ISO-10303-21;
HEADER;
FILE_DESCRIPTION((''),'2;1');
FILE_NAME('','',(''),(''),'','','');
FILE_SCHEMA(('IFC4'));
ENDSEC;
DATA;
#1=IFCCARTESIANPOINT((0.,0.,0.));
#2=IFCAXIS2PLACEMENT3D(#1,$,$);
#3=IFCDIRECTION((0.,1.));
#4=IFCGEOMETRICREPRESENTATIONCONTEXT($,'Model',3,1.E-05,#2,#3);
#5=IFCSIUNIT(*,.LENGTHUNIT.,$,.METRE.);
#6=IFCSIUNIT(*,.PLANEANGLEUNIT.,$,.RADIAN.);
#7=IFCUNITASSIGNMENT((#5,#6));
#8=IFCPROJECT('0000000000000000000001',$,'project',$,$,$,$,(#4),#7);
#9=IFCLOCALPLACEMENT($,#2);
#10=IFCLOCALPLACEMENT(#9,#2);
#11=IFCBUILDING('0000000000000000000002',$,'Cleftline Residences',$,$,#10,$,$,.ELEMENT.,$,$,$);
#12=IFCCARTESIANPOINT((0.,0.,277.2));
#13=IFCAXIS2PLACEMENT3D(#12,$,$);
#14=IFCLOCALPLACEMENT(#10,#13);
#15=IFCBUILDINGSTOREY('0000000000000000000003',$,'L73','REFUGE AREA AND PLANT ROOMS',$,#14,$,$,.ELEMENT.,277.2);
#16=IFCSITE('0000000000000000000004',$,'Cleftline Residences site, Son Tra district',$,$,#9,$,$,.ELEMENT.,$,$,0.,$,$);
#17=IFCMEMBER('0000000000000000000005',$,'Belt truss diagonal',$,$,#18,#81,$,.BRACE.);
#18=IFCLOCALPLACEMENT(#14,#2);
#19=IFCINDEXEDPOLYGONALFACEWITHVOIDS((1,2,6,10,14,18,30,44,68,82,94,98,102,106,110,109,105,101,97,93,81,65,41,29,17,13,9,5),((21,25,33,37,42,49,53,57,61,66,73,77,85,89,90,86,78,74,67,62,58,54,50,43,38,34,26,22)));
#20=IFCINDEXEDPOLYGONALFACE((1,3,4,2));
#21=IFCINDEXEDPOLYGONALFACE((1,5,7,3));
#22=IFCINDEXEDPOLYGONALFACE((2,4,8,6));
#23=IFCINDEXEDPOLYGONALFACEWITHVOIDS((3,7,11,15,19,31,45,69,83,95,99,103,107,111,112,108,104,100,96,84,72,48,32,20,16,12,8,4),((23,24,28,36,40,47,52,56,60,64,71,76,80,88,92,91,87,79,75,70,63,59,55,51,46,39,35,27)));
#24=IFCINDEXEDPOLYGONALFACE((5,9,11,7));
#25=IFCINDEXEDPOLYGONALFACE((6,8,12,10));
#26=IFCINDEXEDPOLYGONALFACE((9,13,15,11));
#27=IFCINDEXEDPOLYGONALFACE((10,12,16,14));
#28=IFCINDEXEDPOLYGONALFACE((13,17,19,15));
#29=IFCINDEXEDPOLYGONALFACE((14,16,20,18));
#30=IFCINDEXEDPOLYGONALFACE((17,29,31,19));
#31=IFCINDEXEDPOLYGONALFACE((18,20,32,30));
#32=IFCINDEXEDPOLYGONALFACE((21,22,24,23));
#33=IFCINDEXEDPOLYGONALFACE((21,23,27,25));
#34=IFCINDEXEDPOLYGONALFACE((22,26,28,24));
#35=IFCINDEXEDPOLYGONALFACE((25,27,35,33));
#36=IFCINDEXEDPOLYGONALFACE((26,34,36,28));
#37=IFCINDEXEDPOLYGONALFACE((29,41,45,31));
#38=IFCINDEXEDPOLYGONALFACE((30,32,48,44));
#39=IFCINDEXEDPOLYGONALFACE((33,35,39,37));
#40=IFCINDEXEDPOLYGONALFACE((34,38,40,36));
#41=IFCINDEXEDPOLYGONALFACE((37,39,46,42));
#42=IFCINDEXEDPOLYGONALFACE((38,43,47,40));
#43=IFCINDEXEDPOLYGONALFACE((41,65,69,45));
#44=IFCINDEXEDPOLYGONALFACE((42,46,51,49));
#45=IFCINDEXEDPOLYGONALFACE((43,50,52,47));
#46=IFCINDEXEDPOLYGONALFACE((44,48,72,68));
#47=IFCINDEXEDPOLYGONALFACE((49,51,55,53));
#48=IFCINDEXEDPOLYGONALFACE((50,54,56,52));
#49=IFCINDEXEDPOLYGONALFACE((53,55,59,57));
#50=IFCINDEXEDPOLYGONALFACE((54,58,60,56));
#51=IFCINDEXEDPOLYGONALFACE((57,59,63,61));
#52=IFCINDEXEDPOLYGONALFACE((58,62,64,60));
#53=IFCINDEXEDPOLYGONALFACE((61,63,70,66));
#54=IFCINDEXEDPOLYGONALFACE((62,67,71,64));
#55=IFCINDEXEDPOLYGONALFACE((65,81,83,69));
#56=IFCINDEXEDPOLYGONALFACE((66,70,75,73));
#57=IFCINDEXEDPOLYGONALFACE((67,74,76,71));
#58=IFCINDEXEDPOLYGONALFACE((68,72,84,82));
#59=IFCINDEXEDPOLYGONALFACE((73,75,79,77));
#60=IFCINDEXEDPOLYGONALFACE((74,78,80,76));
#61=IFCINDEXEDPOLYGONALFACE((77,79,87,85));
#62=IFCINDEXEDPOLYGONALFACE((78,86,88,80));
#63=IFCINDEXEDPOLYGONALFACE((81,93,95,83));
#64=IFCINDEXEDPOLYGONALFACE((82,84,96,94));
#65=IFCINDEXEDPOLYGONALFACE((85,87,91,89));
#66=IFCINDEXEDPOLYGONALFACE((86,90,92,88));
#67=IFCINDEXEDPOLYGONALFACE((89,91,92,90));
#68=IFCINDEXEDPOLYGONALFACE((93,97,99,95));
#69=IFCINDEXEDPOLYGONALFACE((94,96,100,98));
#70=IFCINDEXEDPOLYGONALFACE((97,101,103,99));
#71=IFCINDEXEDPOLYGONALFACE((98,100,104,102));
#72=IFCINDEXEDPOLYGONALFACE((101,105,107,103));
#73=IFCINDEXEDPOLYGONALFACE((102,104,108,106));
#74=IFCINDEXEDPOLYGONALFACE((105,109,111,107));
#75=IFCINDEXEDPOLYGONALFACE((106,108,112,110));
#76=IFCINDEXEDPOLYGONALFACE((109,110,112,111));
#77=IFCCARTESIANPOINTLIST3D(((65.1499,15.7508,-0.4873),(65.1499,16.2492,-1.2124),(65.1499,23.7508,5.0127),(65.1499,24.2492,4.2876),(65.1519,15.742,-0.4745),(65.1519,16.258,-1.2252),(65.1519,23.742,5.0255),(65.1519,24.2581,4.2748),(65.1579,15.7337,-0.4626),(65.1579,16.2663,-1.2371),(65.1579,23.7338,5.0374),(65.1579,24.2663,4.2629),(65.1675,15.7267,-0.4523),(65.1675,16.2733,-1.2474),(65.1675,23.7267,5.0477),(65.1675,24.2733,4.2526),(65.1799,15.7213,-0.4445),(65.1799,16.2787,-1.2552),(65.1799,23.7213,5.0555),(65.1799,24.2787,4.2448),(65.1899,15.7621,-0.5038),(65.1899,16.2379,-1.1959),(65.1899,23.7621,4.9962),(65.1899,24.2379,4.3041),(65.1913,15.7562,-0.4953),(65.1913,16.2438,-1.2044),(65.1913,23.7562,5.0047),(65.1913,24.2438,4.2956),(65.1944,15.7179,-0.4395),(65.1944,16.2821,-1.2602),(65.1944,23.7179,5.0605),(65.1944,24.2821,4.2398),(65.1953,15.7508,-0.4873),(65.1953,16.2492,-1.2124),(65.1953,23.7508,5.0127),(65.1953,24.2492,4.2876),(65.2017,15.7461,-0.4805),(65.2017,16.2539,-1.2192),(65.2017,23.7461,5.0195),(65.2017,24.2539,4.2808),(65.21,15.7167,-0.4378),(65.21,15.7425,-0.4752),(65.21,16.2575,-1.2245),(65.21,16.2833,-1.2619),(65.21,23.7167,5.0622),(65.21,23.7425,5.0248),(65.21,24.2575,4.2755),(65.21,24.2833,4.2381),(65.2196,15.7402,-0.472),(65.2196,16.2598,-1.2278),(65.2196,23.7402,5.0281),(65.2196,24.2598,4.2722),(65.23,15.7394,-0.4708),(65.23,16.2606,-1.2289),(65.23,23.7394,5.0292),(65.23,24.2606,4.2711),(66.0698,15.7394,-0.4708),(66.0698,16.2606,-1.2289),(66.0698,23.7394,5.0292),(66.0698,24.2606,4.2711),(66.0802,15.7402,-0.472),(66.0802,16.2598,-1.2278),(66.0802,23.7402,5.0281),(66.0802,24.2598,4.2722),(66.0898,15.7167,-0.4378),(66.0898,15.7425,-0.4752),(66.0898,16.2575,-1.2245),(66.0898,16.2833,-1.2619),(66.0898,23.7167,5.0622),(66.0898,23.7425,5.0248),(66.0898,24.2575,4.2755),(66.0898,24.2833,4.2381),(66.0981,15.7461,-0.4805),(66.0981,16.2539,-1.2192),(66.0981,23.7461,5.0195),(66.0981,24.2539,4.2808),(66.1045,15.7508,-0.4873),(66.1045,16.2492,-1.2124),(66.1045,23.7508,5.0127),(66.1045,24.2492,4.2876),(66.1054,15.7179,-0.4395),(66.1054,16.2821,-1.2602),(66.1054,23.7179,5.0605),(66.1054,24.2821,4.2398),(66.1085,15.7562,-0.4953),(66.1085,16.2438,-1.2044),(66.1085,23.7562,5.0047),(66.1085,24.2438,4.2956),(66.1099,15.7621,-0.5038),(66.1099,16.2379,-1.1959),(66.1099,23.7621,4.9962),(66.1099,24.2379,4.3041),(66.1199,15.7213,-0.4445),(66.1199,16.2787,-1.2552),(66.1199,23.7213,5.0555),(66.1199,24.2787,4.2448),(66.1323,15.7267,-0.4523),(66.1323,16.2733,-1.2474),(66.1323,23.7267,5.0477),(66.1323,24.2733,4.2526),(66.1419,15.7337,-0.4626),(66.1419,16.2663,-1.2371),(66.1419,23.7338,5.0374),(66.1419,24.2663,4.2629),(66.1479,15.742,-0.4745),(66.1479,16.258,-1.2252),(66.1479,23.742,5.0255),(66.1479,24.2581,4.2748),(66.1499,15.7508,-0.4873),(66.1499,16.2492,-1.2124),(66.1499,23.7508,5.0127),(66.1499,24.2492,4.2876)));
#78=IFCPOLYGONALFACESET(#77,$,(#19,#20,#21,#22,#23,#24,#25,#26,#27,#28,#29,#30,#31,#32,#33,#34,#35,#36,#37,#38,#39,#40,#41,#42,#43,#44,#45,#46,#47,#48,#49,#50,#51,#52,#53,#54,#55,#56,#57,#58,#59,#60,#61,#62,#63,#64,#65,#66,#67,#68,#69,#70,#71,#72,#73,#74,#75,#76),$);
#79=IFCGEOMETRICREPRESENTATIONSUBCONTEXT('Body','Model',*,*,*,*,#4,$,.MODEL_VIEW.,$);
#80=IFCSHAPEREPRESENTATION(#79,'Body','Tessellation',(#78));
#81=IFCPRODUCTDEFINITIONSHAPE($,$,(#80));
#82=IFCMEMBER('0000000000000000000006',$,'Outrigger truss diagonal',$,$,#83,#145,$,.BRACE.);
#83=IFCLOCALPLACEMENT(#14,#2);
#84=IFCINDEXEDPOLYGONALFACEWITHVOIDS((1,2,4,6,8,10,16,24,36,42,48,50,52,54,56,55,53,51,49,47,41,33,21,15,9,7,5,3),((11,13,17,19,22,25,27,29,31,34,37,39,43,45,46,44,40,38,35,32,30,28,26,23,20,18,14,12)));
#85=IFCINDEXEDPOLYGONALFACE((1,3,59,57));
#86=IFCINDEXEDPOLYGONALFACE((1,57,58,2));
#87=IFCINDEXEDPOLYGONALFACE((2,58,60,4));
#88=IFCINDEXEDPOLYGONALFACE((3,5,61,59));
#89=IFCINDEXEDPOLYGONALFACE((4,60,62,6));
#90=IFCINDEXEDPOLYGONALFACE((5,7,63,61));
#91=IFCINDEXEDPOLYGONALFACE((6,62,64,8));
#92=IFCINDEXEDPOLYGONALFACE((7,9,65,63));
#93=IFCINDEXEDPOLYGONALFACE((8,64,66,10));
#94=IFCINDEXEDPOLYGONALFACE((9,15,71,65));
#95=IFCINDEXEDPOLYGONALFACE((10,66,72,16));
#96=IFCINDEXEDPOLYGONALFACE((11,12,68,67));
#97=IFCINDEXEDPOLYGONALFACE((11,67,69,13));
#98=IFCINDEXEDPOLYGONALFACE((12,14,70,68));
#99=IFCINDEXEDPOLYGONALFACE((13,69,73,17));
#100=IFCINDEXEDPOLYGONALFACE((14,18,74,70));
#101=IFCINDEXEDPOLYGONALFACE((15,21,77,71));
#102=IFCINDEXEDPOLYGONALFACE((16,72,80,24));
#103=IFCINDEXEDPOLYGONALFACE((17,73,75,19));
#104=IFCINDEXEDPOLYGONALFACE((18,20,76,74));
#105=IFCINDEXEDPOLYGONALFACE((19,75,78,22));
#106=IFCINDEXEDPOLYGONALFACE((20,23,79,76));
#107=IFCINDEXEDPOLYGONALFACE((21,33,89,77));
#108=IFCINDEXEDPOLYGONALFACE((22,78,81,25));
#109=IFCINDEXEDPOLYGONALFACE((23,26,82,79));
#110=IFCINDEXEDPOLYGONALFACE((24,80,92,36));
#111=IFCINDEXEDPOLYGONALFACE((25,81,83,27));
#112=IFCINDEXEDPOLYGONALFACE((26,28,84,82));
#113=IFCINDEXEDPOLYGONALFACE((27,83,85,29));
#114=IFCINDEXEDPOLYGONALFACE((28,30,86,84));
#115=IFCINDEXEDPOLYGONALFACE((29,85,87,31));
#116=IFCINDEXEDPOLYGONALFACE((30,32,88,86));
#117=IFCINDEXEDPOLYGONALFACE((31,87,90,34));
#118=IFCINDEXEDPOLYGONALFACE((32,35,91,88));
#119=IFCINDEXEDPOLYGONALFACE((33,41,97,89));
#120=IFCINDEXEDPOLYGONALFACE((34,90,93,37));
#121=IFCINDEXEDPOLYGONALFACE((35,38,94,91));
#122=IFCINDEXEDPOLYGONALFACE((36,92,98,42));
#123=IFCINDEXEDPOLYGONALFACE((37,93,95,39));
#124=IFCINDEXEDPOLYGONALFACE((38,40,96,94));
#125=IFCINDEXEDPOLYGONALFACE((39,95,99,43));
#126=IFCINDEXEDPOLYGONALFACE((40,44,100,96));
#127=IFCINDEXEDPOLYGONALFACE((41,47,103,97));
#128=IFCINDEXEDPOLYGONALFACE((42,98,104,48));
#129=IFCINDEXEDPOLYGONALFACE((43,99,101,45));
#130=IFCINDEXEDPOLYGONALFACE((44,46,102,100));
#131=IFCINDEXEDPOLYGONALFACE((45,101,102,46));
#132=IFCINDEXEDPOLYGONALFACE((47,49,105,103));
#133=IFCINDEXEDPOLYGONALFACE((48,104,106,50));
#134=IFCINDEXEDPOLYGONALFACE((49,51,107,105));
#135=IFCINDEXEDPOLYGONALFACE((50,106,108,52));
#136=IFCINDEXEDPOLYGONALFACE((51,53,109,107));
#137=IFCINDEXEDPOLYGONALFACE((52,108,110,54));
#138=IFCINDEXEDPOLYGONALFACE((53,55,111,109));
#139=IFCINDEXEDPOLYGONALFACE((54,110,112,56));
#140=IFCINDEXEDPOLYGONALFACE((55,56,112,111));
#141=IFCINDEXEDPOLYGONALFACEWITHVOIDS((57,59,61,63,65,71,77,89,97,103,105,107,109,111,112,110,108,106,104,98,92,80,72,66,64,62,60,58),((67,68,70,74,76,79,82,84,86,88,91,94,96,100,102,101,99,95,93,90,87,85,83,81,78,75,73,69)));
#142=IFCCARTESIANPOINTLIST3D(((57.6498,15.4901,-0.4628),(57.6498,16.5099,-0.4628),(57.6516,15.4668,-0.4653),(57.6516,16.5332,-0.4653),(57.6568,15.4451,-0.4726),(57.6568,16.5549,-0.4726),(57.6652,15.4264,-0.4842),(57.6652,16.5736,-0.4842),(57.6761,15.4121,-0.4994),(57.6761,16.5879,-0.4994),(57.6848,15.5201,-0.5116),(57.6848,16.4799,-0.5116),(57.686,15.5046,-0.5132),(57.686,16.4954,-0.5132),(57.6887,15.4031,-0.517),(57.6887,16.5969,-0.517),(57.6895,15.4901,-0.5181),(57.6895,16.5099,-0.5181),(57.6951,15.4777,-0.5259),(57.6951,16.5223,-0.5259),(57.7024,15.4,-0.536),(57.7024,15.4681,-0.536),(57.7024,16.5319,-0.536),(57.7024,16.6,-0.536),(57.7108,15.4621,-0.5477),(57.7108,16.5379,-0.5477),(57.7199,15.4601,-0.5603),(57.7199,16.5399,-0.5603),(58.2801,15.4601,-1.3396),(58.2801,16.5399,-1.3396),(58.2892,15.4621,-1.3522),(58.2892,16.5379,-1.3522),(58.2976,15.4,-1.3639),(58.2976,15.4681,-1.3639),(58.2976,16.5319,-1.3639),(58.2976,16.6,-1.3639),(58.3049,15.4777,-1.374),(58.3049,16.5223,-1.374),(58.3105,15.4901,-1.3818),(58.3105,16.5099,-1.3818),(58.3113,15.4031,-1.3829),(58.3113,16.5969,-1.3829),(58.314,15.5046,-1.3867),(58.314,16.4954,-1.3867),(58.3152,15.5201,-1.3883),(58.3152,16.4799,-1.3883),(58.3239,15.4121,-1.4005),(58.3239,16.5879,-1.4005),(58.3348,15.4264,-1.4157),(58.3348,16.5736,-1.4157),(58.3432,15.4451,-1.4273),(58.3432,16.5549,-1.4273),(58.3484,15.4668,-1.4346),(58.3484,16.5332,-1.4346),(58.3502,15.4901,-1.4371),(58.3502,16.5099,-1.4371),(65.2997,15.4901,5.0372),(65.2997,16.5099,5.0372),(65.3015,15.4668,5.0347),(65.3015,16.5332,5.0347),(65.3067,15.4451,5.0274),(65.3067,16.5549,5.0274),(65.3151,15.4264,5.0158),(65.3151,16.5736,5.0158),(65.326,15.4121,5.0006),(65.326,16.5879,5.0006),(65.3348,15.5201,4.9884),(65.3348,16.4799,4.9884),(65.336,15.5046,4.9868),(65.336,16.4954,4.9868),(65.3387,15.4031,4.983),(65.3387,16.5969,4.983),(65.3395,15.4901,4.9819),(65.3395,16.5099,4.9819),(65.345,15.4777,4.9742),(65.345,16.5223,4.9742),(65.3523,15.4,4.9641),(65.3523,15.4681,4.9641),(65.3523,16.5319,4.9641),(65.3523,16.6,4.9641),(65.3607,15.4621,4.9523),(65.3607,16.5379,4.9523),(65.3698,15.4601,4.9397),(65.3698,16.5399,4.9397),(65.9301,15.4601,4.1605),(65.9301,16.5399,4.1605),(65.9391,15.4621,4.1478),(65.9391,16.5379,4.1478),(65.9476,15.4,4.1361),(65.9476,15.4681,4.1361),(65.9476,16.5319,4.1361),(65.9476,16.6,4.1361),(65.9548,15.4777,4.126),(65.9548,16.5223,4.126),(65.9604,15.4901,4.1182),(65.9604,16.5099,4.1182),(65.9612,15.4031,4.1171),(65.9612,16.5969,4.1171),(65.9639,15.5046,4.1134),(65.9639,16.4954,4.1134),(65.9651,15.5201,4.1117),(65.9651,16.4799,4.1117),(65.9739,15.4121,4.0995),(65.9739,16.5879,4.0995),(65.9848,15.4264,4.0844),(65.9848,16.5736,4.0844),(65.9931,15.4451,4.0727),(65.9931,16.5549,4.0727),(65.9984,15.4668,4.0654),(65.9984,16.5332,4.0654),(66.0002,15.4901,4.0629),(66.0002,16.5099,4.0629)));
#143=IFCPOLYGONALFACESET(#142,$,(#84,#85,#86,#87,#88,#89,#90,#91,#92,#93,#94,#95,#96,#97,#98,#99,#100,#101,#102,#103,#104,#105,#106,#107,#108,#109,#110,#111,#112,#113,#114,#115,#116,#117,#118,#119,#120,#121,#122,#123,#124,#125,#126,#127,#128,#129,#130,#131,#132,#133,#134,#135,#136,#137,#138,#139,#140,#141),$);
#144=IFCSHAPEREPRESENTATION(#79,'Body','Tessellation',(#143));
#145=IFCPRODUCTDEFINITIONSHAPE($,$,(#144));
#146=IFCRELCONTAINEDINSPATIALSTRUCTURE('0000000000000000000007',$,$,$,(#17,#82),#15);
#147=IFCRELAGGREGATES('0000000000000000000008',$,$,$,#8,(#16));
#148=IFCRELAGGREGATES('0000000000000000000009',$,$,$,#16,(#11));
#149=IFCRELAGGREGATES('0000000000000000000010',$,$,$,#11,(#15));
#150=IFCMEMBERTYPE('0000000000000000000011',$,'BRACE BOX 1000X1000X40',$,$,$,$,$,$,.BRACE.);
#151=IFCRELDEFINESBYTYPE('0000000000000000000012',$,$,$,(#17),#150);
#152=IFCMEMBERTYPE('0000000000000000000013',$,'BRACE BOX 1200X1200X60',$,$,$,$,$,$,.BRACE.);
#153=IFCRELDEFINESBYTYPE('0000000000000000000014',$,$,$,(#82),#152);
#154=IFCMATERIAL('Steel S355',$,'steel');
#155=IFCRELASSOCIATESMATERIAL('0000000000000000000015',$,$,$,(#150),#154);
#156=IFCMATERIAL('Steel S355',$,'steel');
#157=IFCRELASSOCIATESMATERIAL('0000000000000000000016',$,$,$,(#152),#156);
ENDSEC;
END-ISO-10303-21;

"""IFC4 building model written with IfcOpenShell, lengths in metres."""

from ifc_helpers import new_model, si_unit, direction, frame, origin, origin_2d, place, context, subcontext, project, spatial, hollow_rectangle, extrude, material, material_profile, profile_set, type_object, element, save


model = new_model("IFC4")

# Units and contexts
model_context = context("Model", 3, precision=1e-05, world=origin(), true_north=direction((0.0, 1.0)))
body_context = subcontext(model_context, "Body", "Model", "MODEL_VIEW")
ifc_project = project(units=[si_unit("LENGTHUNIT", "METRE"), si_unit("PLANEANGLEUNIT", "RADIAN")], contexts=[model_context])

# Site, building, storey
site_placement = place(None, origin())
site = spatial("IfcSite", under=ifc_project, at=site_placement, Name="Cleftline Residences site, Son Tra district", CompositionType="ELEMENT", RefElevation=0.0)
building_placement = place(site_placement, origin())
building = spatial("IfcBuilding", under=site, at=building_placement, Name="Cleftline Residences", CompositionType="ELEMENT")
storey_placement = place(building_placement, frame((0.0, 0.0, 277.2)))
storey = spatial("IfcBuildingStorey", under=building, at=storey_placement, Name="L73", Description="REFUGE AREA AND PLANT ROOMS", CompositionType="ELEMENT", Elevation=277.2)

# Members
ifc_material_1 = material(Name="Steel S355", Category="steel")
ifc_material_profile_1 = material_profile(ifc_material_1, hollow_rectangle(XDim=1.0, YDim=1.0, WallThickness=0.04, InnerFilletRadius=0.04, OuterFilletRadius=0.0601, at=origin_2d()))
ifc_profile_set_1 = profile_set([ifc_material_profile_1], Name="Steel S355")
member_type_1 = type_object("IfcMemberType", Name="BRACE BOX 1000X1000X40", PredefinedType="BRACE", material=ifc_profile_set_1)
for number, where, z_axis, x_axis, name in (
    (1, (65.6499, 16.0, -0.8499), (0.0, 0.824042, 0.566529), (0.0, -0.566529, 0.824042), "Belt truss diagonal"),
):
    element("IfcMember", number, at=place(storey_placement, frame(where, z_axis=z_axis, x_axis=x_axis)), inside=storey, type_object=member_type_1, Name=name, PredefinedType="BRACE", context=body_context, shape_type="SweptSolid", body=[
        extrude(hollow_rectangle(XDim=1.0, YDim=1.0, WallThickness=0.04, InnerFilletRadius=0.04, OuterFilletRadius=0.0601, at=origin_2d()), origin(), (0.0, 0.0, 1.0), 9.7083),
    ])
ifc_material_2 = material(Name="Steel S355", Category="steel")
ifc_material_profile_2 = material_profile(ifc_material_2, hollow_rectangle(XDim=1.2, YDim=1.2, WallThickness=0.0601, InnerFilletRadius=0.0601, OuterFilletRadius=0.0901, at=origin_2d()))
ifc_profile_set_2 = profile_set([ifc_material_profile_2], Name="Steel S355")
member_type_2 = type_object("IfcMemberType", Name="BRACE BOX 1200X1200X60", PredefinedType="BRACE", material=ifc_profile_set_2)
member_1_placement = place(storey_placement, frame((58.0, 16.0, -0.95), z_axis=(0.811933, 0.0, 0.58375), x_axis=(-0.58375, 0.0, 0.811933)))
element("IfcMember", 2, at=member_1_placement, inside=storey, type_object=member_type_2, Name="Outrigger truss diagonal", PredefinedType="BRACE", context=body_context, shape_type="SweptSolid", body=[
    extrude(hollow_rectangle(XDim=1.2, YDim=1.2, WallThickness=0.0601, InnerFilletRadius=0.0601, OuterFilletRadius=0.0901, at=origin_2d()), origin(), (0.0, 0.0, 1.0), 9.4219),
])

save(model, "model.ifc")
